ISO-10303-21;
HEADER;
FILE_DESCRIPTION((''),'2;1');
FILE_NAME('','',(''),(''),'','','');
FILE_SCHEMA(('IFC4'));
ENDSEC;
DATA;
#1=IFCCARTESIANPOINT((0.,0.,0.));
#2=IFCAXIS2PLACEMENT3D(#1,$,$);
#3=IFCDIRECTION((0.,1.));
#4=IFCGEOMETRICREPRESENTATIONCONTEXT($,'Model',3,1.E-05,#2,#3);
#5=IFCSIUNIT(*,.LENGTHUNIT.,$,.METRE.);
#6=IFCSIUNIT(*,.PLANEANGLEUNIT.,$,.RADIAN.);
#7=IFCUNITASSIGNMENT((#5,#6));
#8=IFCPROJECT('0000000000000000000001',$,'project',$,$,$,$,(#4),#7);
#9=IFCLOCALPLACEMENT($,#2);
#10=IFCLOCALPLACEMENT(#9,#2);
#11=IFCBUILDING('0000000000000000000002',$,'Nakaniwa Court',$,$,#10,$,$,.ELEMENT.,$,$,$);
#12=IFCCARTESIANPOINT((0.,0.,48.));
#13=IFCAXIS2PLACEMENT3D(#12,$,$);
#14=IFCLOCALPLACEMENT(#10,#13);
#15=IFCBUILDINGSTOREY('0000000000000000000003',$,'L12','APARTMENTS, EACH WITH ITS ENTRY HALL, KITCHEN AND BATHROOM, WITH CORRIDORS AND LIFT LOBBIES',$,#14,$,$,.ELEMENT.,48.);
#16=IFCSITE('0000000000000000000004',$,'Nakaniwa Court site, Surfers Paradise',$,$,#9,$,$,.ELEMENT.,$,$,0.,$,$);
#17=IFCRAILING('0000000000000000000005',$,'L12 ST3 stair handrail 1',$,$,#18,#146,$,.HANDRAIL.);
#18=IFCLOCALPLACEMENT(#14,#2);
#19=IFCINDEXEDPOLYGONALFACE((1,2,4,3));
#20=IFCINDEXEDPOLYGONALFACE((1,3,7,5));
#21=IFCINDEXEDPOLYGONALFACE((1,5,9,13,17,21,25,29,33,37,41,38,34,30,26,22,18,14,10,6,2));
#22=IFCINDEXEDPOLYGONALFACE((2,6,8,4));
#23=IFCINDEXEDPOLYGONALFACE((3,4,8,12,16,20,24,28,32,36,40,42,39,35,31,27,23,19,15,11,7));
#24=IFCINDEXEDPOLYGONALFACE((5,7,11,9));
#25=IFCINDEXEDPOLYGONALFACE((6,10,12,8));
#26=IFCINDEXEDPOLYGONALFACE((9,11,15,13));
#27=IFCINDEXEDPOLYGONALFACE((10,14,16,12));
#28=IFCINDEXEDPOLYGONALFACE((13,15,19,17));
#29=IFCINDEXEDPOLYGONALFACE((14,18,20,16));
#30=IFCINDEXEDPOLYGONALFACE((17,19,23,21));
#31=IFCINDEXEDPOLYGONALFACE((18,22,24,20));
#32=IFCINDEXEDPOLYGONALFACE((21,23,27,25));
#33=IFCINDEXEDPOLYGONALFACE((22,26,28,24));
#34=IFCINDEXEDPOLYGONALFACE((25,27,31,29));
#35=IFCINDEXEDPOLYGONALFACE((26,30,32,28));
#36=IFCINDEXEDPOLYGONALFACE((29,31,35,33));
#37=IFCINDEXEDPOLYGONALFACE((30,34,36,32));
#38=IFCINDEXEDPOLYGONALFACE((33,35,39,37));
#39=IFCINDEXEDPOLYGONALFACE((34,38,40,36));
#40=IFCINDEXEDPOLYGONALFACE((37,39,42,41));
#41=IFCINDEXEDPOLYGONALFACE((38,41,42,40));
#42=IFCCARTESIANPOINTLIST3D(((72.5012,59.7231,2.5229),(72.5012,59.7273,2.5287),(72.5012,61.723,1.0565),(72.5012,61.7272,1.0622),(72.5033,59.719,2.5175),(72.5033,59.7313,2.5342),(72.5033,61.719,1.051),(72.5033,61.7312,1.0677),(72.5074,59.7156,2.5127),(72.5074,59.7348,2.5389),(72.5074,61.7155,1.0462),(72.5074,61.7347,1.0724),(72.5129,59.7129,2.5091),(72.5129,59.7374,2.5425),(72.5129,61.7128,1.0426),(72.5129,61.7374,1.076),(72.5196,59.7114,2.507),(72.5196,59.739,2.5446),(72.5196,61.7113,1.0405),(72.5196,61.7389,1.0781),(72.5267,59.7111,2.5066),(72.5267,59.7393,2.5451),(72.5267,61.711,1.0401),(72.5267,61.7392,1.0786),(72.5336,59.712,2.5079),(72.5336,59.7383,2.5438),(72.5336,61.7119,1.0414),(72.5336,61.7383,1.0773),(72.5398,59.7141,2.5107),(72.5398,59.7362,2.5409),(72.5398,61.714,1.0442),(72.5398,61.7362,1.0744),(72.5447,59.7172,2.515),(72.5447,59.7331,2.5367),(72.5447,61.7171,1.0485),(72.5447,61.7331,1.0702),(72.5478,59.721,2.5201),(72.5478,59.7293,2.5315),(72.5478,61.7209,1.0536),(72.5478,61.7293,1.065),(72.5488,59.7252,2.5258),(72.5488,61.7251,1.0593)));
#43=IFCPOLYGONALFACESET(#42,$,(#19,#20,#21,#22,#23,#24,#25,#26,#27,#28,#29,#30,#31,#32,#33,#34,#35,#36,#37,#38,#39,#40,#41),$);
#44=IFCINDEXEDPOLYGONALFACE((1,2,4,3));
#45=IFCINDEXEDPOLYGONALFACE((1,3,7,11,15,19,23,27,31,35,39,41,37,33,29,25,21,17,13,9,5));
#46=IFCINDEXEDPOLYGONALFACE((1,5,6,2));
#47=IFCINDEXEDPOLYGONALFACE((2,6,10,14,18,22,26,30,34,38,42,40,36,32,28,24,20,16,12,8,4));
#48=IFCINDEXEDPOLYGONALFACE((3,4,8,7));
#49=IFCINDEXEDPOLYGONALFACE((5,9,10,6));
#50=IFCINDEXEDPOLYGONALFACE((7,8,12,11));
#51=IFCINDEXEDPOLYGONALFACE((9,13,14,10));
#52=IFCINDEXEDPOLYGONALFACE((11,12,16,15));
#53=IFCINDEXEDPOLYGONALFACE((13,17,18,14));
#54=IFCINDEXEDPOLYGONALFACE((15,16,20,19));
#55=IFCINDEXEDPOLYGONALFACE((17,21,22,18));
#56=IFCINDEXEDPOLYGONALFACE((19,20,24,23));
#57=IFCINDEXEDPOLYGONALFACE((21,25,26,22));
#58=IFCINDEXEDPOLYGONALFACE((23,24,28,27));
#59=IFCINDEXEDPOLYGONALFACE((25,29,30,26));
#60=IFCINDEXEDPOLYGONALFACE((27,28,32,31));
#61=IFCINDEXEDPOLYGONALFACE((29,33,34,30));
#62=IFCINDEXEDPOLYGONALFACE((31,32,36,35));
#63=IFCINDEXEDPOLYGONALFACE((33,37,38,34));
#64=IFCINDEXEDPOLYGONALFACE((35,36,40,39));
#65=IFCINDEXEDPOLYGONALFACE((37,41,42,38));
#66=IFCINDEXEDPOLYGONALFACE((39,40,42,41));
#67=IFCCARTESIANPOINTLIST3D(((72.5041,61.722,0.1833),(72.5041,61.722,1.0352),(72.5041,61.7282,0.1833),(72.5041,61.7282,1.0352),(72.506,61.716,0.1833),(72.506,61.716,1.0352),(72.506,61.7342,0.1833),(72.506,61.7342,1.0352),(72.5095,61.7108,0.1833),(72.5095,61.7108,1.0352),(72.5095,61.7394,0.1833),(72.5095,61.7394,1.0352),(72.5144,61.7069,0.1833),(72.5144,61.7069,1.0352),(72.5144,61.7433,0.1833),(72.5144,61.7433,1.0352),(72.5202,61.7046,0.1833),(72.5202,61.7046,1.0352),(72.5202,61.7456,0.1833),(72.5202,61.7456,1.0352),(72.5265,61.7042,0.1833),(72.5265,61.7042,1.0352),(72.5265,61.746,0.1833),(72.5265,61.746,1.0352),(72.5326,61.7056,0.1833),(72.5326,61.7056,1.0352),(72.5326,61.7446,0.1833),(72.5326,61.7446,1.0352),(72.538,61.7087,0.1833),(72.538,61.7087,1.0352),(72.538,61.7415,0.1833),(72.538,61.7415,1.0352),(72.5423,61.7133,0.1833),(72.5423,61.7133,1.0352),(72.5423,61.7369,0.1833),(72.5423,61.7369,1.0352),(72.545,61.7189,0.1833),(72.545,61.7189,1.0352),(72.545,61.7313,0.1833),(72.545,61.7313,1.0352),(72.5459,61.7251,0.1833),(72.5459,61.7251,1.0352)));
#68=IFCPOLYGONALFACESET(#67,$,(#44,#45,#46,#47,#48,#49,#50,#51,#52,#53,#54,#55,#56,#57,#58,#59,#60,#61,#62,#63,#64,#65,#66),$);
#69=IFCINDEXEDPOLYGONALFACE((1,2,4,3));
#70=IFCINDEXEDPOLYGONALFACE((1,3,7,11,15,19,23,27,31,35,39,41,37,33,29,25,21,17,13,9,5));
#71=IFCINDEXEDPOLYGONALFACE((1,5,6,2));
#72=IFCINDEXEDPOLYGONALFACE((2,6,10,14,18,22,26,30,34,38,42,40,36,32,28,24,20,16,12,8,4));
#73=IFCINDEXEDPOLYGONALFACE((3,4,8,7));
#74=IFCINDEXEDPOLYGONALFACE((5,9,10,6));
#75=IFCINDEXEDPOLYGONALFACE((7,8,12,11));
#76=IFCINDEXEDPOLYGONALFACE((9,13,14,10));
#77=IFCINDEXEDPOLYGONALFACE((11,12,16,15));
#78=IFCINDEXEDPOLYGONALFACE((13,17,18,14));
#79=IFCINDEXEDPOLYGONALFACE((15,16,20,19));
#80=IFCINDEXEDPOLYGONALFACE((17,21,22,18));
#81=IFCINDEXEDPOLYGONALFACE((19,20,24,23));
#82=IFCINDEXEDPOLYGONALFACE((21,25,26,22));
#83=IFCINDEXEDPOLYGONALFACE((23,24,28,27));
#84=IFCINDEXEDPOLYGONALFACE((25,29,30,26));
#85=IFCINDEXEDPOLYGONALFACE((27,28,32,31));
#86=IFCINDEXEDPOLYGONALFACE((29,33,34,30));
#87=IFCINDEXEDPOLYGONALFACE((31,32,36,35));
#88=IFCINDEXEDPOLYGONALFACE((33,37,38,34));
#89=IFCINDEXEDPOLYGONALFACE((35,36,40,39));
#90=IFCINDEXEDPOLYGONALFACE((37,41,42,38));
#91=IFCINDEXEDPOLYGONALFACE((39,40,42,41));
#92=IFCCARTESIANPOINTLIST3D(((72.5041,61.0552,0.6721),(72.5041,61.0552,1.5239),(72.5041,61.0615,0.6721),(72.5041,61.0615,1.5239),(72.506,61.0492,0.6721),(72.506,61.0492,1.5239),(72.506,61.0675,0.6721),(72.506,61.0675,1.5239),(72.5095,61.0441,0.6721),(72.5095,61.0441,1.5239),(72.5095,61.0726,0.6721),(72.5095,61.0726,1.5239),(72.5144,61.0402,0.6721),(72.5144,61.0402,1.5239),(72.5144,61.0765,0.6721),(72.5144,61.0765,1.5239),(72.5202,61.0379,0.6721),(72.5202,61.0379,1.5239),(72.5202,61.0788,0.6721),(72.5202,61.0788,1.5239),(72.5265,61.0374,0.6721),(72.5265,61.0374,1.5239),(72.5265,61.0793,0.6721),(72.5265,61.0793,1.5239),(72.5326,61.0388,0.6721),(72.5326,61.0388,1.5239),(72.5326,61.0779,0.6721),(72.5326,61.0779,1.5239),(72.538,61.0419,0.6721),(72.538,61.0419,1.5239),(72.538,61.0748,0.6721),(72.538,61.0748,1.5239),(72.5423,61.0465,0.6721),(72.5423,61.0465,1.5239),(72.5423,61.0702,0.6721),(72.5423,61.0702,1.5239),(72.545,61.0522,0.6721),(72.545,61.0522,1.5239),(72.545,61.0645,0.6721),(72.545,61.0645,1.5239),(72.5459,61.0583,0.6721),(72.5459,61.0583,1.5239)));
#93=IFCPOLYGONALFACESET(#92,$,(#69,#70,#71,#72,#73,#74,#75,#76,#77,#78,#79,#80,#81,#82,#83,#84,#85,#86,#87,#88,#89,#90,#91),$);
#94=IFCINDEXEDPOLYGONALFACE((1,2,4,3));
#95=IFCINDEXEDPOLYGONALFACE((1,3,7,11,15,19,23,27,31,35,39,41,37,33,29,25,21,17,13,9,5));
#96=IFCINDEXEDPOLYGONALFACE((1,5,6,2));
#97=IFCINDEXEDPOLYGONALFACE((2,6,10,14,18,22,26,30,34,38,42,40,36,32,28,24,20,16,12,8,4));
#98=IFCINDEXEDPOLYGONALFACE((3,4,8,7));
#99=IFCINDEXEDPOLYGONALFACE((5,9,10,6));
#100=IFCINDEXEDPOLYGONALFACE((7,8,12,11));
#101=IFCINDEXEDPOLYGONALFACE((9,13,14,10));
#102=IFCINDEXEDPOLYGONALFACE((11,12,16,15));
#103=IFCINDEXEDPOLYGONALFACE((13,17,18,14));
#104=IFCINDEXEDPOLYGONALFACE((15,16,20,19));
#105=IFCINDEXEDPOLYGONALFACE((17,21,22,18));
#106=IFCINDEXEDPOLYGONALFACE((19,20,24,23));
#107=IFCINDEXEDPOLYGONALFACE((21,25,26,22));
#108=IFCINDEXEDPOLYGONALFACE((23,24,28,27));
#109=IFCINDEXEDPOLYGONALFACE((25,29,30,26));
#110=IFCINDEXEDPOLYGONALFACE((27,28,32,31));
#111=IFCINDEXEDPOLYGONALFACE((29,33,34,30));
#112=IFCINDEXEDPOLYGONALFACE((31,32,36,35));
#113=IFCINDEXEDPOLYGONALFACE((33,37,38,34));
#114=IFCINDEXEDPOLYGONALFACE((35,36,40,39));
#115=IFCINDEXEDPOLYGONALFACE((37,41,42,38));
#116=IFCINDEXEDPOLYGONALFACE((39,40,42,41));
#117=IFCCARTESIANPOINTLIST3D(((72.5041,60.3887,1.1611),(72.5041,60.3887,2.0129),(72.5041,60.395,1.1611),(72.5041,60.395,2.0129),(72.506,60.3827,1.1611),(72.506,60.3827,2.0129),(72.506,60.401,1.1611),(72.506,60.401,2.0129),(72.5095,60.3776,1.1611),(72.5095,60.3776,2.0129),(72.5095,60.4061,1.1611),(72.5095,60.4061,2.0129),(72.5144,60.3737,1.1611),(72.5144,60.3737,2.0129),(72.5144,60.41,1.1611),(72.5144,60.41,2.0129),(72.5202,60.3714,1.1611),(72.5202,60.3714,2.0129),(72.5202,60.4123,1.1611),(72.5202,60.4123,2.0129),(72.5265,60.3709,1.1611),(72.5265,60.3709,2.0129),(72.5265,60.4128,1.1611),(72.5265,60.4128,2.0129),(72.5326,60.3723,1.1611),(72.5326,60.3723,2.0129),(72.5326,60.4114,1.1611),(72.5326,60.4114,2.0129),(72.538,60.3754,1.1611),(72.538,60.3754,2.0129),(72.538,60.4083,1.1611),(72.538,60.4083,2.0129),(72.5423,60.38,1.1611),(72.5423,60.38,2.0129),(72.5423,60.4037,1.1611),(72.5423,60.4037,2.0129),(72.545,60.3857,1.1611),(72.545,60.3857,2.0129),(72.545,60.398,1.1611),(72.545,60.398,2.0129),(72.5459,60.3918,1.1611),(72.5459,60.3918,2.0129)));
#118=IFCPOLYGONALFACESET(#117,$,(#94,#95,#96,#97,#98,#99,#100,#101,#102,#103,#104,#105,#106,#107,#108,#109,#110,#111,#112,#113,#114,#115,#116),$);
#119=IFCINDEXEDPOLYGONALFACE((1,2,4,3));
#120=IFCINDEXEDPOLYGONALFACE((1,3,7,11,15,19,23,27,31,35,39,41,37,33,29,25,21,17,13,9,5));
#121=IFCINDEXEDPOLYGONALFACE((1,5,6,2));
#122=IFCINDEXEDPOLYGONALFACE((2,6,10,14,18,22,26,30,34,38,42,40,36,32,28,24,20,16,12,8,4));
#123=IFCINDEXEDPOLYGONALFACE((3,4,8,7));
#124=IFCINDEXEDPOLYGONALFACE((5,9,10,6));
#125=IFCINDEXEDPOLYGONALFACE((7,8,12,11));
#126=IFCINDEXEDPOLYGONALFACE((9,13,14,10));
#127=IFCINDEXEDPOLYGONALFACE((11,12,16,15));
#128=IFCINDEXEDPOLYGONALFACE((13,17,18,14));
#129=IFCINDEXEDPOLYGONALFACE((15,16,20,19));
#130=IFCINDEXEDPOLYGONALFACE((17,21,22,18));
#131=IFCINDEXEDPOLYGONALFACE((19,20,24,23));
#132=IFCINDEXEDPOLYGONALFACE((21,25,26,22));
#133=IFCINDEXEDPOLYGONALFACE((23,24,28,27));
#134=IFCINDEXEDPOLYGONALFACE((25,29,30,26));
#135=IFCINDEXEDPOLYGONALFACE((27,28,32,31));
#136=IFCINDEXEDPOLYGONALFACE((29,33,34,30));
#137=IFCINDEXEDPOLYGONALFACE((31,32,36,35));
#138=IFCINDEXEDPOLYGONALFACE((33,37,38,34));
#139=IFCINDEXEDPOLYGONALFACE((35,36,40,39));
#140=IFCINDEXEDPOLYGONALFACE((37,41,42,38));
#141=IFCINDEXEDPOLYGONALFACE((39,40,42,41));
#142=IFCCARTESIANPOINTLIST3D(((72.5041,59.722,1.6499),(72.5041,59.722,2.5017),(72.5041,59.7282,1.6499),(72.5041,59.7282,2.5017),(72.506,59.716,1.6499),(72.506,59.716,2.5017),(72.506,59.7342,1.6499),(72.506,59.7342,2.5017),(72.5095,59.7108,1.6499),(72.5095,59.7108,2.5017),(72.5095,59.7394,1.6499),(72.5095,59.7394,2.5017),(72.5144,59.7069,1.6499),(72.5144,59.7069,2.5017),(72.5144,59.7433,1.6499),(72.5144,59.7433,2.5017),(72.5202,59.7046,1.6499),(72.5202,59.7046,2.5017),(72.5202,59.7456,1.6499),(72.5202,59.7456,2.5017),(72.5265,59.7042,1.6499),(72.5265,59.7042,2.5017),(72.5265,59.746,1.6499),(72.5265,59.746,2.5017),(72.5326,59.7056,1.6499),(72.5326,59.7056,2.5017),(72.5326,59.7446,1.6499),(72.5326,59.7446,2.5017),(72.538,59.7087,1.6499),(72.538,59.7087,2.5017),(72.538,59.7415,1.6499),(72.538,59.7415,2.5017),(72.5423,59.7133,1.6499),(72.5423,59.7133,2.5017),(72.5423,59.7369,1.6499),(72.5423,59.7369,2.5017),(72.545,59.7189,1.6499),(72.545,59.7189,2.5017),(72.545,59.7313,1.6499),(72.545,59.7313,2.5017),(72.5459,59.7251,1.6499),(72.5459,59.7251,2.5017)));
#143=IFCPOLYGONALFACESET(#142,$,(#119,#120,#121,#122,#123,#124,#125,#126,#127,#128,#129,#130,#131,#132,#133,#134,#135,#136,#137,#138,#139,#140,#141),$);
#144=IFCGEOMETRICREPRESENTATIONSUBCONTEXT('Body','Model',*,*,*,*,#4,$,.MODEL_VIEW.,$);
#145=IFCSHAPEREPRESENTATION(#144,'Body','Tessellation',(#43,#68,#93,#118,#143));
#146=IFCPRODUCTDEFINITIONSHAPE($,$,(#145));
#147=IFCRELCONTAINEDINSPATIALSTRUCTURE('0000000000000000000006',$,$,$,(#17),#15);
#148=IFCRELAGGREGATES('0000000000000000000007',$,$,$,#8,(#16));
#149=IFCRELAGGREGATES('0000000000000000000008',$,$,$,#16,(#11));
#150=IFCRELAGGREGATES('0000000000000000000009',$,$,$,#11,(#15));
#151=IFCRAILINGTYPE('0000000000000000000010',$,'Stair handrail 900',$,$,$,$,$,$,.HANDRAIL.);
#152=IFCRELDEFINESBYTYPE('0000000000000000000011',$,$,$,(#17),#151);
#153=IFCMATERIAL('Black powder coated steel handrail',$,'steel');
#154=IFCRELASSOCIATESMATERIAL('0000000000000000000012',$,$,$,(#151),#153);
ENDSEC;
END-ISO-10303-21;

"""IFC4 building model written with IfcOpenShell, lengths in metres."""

from ifc_helpers import new_model, si_unit, direction, frame, origin, origin_2d, place, context, subcontext, project, spatial, circle, extrude, material, type_object, element, save


model = new_model("IFC4")

# Units and contexts
model_context = context("Model", 3, precision=1e-05, world=origin(), true_north=direction((0.0, 1.0)))
body_context = subcontext(model_context, "Body", "Model", "MODEL_VIEW")
ifc_project = project(units=[si_unit("LENGTHUNIT", "METRE"), si_unit("PLANEANGLEUNIT", "RADIAN")], contexts=[model_context])

# Site, building, storey
site_placement = place(None, origin())
site = spatial("IfcSite", under=ifc_project, at=site_placement, Name="Nakaniwa Court site, Surfers Paradise", CompositionType="ELEMENT", RefElevation=0.0)
building_placement = place(site_placement, origin())
building = spatial("IfcBuilding", under=site, at=building_placement, Name="Nakaniwa Court", CompositionType="ELEMENT")
storey_placement = place(building_placement, frame((0.0, 0.0, 48.0)))
storey = spatial("IfcBuildingStorey", under=building, at=storey_placement, Name="L12", Description="APARTMENTS, EACH WITH ITS ENTRY HALL, KITCHEN AND BATHROOM, WITH CORRIDORS AND LIFT LOBBIES", CompositionType="ELEMENT", Elevation=48.0)

# Railing
ifc_material_1 = material(Name="Black powder coated steel handrail", Category="steel")
railing_type_1 = type_object("IfcRailingType", Name="Stair handrail 900", PredefinedType="HANDRAIL", material=ifc_material_1)
railing_1_placement = place(storey_placement, frame((72.5249, 61.7251, 0.1833)))
element("IfcRailing", 1, at=railing_1_placement, inside=storey, type_object=railing_type_1, Name="L12 ST3 stair handrail 1", PredefinedType="HANDRAIL", context=body_context, shape_type="SweptSolid", body=[
    extrude(circle(Radius=0.0239, at=origin_2d()), frame((0.0, 0.0, 0.876), z_axis=(0.0, -0.806427, 0.591334), x_axis=(1.0, 0.0, 0.0)), (0.0, 0.0, 1.0), 2.48),
    extrude(circle(Radius=0.021, at=origin_2d()), origin(), (0.0, 0.0, 1.0), 0.8518),
    extrude(circle(Radius=0.021, at=origin_2d()), frame((0.0, -0.6667, 0.4888)), (0.0, 0.0, 1.0), 0.8518),
    extrude(circle(Radius=0.021, at=origin_2d()), frame((0.0, -1.3333, 0.9778)), (0.0, 0.0, 1.0), 0.8518),
    extrude(circle(Radius=0.021, at=origin_2d()), frame((0.0, -2.0, 1.4666)), (0.0, 0.0, 1.0), 0.8518),
])

save(model, "model.ifc")
